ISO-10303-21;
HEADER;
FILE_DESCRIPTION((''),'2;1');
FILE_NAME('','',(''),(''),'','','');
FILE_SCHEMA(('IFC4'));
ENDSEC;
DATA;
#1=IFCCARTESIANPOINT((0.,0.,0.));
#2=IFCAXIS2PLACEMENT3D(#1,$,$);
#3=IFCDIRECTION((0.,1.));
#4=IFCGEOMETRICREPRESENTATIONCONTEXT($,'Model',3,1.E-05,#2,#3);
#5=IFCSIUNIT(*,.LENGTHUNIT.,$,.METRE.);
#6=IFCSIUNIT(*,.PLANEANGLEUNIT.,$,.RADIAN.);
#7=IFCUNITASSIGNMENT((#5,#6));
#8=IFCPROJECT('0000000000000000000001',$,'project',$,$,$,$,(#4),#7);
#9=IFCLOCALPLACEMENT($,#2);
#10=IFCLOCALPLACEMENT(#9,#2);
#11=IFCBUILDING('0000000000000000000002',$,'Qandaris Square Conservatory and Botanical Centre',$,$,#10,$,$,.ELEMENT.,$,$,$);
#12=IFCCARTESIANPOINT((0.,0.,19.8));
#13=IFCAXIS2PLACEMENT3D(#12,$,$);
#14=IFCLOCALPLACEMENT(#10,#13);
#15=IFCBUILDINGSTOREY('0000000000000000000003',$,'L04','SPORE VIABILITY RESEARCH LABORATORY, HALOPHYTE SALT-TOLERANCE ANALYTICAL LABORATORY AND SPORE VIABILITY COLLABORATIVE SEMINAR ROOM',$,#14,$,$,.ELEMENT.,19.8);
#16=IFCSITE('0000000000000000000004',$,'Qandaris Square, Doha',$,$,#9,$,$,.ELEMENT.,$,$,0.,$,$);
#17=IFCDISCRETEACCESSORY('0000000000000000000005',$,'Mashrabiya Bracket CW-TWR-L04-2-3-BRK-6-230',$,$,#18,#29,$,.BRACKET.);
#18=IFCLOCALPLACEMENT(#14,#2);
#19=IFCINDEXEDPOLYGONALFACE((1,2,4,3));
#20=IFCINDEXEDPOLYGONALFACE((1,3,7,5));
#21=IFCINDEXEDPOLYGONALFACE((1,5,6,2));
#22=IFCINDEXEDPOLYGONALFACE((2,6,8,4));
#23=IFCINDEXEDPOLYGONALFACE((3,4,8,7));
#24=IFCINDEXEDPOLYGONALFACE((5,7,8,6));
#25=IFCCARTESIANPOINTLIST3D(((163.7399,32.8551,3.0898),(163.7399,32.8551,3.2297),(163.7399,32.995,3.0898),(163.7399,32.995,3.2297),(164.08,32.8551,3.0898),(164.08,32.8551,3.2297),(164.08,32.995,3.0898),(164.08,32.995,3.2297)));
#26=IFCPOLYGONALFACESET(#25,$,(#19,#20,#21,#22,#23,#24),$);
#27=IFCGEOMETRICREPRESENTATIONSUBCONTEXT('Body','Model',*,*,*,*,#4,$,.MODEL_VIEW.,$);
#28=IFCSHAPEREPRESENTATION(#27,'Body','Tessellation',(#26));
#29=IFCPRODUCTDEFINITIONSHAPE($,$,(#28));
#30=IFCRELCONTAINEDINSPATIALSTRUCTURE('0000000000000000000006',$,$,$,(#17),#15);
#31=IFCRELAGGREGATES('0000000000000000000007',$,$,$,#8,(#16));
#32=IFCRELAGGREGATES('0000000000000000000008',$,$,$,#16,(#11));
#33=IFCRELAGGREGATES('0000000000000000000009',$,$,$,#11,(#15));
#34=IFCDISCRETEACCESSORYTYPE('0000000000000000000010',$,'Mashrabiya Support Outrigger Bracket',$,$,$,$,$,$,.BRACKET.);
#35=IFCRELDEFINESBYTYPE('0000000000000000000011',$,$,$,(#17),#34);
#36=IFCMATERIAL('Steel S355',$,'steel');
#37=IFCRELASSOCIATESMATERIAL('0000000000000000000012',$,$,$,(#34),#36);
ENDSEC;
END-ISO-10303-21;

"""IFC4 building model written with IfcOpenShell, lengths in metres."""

from ifc_helpers import new_model, si_unit, direction, frame, origin, origin_2d, place, context, subcontext, project, spatial, rectangle, extrude, material, type_object, element, save


model = new_model("IFC4")

# Units and contexts
model_context = context("Model", 3, precision=1e-05, world=origin(), true_north=direction((0.0, 1.0)))
body_context = subcontext(model_context, "Body", "Model", "MODEL_VIEW")
ifc_project = project(units=[si_unit("LENGTHUNIT", "METRE"), si_unit("PLANEANGLEUNIT", "RADIAN")], contexts=[model_context])

# Site, building, storey
site_placement = place(None, origin())
site = spatial("IfcSite", under=ifc_project, at=site_placement, Name="Qandaris Square, Doha", CompositionType="ELEMENT", RefElevation=0.0)
building_placement = place(site_placement, origin())
building = spatial("IfcBuilding", under=site, at=building_placement, Name="Qandaris Square Conservatory and Botanical Centre", CompositionType="ELEMENT")
storey_placement = place(building_placement, frame((0.0, 0.0, 19.8)))
storey = spatial("IfcBuildingStorey", under=building, at=storey_placement, Name="L04", Description="SPORE VIABILITY RESEARCH LABORATORY, HALOPHYTE SALT-TOLERANCE ANALYTICAL LABORATORY AND SPORE VIABILITY COLLABORATIVE SEMINAR ROOM", CompositionType="ELEMENT", Elevation=19.8)

# Shared definitions
ifc_material_1 = material(Name="Steel S355", Category="steel")

# Discrete accessory
discrete_accessory_type = type_object("IfcDiscreteAccessoryType", Name="Mashrabiya Support Outrigger Bracket", PredefinedType="BRACKET", material=ifc_material_1)
for number, where, z_axis, x_axis, name in (
    (1, (163.9099, 32.925, 3.0898), (0.0, 0.0, 1.0), (0.0, 1.0, 0.0), "Mashrabiya Bracket CW-TWR-L04-2-3-BRK-6-230"),
):
    element("IfcDiscreteAccessory", number, at=place(storey_placement, frame(where, z_axis=z_axis, x_axis=x_axis)), inside=storey, type_object=discrete_accessory_type, Name=name, PredefinedType="BRACKET", context=body_context, shape_type="SweptSolid", body=[
        extrude(rectangle(XDim=0.1399, YDim=0.3401, at=origin_2d()), origin(), (0.0, 0.0, 1.0), 0.1399),
    ])

save(model, "model.ifc")
